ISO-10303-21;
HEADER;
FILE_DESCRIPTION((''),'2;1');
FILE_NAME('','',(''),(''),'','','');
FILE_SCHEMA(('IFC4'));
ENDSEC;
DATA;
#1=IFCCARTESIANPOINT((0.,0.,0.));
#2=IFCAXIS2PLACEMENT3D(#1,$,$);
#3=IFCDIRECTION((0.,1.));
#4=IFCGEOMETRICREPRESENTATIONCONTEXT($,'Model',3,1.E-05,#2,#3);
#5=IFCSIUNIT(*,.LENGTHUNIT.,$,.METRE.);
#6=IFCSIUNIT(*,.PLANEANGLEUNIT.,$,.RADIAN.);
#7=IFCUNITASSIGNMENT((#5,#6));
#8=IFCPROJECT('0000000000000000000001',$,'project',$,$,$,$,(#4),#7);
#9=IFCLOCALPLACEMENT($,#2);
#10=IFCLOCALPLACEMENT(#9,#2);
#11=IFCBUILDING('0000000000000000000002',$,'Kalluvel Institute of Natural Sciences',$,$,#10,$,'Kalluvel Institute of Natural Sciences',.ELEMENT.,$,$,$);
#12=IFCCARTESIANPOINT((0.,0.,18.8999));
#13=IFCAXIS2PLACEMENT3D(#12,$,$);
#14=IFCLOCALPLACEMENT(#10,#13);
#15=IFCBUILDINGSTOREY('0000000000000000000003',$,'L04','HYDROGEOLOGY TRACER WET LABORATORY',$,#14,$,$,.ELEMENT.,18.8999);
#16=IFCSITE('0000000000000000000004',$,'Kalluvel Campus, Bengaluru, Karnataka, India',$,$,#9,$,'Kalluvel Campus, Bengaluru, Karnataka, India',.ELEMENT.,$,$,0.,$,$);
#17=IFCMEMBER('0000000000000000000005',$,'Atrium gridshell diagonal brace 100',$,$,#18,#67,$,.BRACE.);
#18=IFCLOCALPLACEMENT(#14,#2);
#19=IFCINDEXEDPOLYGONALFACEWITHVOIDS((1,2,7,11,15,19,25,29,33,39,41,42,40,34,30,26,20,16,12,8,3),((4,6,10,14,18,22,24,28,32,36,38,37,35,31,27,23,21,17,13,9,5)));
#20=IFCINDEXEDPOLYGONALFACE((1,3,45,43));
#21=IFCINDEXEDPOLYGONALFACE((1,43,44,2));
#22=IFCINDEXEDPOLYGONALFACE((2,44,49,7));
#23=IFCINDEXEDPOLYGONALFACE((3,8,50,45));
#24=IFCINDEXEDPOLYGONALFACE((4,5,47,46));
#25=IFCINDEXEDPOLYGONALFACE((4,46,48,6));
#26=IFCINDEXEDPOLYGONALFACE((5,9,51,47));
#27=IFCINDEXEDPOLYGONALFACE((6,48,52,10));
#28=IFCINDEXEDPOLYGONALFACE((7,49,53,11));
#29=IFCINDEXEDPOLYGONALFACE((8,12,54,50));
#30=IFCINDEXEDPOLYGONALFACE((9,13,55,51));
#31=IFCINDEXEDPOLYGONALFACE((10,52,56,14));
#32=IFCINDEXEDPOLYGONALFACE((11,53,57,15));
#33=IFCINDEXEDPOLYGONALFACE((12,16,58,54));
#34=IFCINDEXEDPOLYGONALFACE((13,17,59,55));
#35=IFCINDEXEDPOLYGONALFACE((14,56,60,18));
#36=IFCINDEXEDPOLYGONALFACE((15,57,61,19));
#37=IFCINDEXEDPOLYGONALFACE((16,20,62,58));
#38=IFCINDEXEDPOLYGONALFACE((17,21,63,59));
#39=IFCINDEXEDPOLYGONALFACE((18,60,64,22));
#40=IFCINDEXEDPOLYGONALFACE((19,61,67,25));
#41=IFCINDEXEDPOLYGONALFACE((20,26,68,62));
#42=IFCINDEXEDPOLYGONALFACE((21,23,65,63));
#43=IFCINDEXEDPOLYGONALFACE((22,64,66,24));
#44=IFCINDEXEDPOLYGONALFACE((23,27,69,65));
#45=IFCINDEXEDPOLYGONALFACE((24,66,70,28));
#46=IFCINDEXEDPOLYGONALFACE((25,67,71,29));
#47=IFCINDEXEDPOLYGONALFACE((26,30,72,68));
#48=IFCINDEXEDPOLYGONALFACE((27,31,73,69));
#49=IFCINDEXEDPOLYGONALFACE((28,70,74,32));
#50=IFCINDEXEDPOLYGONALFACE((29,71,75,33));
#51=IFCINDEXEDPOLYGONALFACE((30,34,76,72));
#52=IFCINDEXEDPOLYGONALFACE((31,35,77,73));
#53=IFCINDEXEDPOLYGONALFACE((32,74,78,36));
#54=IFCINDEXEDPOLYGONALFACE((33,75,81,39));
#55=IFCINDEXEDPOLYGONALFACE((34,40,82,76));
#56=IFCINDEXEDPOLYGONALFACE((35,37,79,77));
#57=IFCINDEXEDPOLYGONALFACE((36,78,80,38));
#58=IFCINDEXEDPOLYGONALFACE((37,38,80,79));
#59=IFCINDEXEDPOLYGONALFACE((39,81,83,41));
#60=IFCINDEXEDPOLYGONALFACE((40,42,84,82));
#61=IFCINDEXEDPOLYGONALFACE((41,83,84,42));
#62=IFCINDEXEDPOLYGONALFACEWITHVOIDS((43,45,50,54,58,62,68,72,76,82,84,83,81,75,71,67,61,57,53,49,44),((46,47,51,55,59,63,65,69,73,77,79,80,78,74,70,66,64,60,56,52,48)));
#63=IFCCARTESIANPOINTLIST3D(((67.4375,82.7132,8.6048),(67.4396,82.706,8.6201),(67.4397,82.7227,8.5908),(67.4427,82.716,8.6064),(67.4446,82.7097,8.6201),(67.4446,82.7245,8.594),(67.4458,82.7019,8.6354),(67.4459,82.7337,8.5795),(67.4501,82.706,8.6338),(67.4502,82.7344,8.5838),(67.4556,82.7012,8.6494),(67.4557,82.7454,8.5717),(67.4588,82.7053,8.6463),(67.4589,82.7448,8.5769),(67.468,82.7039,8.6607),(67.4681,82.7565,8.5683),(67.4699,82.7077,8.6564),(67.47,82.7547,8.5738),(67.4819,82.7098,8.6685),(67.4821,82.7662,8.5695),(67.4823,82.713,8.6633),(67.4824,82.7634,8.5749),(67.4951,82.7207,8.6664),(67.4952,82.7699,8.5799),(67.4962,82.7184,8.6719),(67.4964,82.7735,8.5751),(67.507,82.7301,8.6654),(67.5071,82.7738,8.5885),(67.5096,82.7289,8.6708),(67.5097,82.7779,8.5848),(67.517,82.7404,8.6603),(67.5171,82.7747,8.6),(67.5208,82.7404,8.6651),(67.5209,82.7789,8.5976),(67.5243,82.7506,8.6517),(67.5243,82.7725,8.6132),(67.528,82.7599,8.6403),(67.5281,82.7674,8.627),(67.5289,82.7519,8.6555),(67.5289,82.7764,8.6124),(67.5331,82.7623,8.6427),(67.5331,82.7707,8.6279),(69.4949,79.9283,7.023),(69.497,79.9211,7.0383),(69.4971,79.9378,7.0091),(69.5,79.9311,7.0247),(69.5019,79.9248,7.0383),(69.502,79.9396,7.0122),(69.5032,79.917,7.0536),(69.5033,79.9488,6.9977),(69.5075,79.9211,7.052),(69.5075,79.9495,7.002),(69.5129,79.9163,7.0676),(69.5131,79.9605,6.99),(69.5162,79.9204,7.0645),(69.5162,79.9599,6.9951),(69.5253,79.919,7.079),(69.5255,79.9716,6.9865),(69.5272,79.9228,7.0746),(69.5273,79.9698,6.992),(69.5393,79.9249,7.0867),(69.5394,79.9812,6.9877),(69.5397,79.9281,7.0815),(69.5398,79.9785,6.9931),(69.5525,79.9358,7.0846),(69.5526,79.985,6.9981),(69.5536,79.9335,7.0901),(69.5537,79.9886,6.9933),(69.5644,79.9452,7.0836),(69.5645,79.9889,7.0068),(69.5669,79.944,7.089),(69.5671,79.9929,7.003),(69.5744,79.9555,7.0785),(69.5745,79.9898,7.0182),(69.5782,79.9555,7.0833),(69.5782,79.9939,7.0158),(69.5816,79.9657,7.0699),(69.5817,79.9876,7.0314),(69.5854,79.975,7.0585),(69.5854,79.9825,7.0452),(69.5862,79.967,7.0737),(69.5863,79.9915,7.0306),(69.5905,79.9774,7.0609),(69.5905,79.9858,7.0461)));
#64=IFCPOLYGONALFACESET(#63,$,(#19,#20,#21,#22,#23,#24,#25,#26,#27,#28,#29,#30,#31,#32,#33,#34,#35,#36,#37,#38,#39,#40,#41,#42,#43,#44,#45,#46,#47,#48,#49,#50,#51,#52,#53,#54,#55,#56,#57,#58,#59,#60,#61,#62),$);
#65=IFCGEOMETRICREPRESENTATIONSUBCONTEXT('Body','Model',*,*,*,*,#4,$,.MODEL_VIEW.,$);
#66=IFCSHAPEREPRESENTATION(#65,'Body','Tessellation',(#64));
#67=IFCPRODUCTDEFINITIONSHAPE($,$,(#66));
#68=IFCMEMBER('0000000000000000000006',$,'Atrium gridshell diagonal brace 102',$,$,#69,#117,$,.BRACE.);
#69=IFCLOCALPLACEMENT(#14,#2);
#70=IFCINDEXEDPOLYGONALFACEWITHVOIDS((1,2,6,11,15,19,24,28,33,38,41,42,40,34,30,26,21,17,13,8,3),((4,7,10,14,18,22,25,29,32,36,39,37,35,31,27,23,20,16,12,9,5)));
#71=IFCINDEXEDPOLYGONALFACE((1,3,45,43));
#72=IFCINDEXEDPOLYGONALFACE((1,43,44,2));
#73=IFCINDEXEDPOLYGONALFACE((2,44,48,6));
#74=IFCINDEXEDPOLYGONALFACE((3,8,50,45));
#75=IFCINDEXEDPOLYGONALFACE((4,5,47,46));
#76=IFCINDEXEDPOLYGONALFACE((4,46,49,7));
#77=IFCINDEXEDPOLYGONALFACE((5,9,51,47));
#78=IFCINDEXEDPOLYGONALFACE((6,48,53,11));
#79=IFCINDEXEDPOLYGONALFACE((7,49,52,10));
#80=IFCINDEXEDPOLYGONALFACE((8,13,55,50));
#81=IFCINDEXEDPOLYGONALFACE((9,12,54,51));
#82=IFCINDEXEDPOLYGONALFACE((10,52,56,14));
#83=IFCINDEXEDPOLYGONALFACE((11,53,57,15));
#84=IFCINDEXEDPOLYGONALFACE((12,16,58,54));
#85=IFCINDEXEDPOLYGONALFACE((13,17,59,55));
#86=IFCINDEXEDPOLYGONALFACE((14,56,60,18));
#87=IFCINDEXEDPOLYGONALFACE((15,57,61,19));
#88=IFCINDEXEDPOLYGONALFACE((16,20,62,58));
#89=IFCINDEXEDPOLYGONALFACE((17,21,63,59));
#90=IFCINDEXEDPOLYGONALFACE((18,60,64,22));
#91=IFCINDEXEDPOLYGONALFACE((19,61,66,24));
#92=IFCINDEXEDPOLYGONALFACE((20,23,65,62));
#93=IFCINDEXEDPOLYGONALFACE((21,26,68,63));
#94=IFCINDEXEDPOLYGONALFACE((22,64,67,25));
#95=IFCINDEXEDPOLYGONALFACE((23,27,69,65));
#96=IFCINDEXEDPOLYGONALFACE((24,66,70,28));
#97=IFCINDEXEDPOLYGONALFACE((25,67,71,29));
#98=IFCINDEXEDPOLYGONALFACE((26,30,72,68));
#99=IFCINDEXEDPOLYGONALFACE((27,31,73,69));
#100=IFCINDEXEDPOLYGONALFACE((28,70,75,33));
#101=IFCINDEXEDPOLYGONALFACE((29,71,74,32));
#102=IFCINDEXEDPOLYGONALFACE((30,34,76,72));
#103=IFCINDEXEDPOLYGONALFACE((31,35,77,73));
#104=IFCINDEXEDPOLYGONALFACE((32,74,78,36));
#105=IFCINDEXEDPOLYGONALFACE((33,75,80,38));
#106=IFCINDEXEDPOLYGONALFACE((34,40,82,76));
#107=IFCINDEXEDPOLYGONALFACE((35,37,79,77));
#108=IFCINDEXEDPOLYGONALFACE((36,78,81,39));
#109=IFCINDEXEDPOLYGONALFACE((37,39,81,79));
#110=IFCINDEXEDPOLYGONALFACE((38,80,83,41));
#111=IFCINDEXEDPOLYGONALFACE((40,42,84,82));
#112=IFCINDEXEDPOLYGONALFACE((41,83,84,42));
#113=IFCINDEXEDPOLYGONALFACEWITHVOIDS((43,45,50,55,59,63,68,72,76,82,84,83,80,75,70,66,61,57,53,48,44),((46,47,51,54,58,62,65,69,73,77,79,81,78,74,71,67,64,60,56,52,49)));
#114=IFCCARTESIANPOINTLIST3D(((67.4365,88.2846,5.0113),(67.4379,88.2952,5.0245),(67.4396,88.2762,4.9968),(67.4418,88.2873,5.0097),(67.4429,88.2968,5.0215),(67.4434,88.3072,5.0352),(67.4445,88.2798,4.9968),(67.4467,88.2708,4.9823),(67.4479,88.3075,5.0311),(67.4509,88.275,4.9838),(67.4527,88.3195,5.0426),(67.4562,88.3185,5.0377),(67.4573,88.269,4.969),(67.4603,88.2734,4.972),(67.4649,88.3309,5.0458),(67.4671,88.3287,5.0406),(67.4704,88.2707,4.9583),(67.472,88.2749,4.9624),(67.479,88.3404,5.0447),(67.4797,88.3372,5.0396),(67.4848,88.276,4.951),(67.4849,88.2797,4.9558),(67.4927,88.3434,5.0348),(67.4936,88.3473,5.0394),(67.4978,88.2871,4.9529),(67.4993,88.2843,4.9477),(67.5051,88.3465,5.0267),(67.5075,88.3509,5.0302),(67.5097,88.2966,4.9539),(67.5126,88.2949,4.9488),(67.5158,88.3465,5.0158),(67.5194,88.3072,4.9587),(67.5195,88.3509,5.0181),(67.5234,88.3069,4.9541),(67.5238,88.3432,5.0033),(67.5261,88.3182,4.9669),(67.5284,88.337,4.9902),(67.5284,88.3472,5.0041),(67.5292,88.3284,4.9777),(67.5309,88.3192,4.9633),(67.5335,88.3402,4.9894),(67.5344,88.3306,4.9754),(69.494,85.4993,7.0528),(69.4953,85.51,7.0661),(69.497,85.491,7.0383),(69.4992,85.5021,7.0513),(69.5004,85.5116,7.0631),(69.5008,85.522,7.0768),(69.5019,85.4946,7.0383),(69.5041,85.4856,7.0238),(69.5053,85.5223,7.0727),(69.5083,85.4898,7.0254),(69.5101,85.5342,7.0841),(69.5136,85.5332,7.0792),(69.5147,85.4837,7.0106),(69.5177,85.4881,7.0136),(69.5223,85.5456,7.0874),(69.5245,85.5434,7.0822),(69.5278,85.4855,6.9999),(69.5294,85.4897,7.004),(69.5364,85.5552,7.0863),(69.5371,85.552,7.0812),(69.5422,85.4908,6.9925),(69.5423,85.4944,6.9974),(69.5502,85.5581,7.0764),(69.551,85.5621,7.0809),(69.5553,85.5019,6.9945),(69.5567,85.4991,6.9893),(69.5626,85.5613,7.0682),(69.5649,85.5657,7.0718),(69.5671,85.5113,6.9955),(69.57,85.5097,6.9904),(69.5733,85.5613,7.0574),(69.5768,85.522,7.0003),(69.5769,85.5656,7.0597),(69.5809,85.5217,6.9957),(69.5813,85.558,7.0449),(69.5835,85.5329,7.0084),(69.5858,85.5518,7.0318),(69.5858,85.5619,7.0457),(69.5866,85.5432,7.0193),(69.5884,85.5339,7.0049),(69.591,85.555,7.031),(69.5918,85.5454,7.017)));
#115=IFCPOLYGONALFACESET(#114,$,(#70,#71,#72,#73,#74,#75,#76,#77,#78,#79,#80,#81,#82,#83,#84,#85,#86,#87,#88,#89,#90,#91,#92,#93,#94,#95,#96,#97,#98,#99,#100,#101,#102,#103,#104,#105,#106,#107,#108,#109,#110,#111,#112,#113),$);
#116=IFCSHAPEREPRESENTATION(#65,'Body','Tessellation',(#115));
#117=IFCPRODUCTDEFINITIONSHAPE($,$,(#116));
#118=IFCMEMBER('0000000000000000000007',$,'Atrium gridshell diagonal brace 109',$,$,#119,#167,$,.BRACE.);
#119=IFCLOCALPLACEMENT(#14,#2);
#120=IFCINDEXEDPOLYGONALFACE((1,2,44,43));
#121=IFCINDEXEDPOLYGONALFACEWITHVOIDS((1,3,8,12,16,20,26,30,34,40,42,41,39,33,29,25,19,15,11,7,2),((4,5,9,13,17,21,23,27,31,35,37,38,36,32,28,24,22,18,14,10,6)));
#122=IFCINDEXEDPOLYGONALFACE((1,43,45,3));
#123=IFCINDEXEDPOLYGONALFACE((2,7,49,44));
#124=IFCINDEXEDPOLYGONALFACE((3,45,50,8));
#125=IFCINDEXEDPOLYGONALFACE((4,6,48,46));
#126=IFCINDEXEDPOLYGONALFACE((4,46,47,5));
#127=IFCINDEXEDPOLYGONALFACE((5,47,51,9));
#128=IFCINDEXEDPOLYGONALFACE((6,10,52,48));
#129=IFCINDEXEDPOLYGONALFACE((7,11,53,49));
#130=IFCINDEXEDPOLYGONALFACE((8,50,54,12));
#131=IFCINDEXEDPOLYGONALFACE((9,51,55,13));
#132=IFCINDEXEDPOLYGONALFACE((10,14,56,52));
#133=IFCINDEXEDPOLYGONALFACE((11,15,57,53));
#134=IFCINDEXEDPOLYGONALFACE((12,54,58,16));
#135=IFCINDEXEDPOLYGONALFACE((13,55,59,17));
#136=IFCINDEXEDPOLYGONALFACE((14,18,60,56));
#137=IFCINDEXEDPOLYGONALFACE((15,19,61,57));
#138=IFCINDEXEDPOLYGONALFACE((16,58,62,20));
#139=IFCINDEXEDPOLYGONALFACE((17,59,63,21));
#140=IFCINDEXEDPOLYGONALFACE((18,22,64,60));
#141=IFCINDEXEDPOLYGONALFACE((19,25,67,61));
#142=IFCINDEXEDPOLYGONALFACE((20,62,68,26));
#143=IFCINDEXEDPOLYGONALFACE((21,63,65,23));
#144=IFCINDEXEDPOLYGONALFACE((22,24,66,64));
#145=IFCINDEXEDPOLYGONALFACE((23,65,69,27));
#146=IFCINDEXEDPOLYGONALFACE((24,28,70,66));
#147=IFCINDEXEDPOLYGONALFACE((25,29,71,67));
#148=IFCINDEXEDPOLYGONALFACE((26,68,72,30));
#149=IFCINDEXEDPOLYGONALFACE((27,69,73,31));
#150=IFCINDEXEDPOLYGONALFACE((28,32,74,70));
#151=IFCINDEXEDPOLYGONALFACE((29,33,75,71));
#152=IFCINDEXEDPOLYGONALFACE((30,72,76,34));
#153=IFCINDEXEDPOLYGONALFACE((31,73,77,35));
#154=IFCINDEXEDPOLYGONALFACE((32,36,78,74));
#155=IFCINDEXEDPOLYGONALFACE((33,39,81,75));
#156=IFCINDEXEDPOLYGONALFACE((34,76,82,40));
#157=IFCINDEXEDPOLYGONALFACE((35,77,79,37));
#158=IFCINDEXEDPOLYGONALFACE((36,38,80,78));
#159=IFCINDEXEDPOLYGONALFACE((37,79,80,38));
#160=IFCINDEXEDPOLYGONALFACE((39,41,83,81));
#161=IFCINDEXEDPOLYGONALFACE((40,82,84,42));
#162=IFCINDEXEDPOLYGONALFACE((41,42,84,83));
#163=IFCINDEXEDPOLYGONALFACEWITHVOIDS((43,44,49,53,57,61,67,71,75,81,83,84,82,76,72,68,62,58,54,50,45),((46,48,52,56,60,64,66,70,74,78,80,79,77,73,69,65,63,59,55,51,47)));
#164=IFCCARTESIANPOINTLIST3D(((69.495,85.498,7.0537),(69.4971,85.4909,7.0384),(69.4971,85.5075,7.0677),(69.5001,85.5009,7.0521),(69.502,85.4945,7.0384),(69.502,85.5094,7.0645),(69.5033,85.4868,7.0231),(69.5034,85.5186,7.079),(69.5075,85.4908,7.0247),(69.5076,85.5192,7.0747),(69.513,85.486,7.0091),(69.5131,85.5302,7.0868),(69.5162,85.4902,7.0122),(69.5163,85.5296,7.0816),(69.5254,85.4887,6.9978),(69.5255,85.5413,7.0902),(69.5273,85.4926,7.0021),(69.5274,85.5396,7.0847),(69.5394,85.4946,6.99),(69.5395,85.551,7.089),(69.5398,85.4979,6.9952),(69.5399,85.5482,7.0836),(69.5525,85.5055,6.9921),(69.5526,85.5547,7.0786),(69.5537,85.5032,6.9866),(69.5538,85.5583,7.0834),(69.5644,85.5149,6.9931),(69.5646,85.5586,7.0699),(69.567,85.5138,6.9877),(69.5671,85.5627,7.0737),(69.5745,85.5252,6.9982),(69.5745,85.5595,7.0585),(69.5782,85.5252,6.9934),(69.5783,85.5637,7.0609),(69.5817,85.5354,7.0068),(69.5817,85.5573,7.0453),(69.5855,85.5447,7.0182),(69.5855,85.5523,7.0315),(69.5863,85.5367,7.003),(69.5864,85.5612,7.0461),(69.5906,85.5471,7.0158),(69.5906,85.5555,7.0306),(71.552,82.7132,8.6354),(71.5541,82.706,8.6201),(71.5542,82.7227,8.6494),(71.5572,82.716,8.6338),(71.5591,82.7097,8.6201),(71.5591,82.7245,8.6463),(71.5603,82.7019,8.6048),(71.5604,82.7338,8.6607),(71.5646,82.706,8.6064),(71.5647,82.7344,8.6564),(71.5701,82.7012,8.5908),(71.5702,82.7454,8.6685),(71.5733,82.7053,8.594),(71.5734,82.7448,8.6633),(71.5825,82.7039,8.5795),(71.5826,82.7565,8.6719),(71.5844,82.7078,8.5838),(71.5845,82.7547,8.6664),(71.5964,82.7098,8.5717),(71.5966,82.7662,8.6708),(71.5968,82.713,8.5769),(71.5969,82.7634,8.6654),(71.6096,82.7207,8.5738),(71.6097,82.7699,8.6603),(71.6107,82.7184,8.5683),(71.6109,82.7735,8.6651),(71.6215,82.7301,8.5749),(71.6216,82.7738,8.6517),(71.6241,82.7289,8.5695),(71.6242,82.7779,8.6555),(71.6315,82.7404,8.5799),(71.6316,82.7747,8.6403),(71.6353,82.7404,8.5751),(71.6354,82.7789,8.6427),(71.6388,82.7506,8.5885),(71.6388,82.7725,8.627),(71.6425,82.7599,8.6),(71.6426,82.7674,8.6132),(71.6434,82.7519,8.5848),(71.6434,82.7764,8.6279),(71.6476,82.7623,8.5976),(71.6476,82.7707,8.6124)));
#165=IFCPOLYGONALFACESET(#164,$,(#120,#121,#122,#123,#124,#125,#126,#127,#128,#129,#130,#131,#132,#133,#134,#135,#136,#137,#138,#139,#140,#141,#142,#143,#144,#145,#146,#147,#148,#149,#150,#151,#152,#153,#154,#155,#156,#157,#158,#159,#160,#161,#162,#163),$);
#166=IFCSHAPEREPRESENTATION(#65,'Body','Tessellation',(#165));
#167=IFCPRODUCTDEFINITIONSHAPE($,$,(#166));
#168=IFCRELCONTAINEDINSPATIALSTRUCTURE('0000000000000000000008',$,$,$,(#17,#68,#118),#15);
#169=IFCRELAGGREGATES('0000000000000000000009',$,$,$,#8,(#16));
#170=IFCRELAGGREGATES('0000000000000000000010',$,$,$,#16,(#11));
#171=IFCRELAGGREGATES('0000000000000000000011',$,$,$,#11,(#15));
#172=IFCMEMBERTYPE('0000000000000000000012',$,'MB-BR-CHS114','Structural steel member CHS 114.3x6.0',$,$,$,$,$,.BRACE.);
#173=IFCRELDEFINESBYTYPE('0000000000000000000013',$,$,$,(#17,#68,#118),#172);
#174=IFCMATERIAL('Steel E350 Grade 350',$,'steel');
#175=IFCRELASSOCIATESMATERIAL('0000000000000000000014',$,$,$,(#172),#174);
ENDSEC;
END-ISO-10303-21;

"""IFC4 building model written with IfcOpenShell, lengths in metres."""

from ifc_helpers import new_model, si_unit, direction, frame, origin, origin_2d, place, context, subcontext, project, spatial, hollow_circle, extrude, material, material_profile, profile_set, type_object, element, save


model = new_model("IFC4")

# Units and contexts
model_context = context("Model", 3, precision=1e-05, world=origin(), true_north=direction((0.0, 1.0)))
body_context = subcontext(model_context, "Body", "Model", "MODEL_VIEW")
ifc_project = project(units=[si_unit("LENGTHUNIT", "METRE"), si_unit("PLANEANGLEUNIT", "RADIAN")], contexts=[model_context])

# Site, building, storey
site_placement = place(None, origin())
site = spatial("IfcSite", under=ifc_project, at=site_placement, Name="Kalluvel Campus, Bengaluru, Karnataka, India", LongName="Kalluvel Campus, Bengaluru, Karnataka, India", CompositionType="ELEMENT", RefElevation=0.0)
building_placement = place(site_placement, origin())
building = spatial("IfcBuilding", under=site, at=building_placement, Name="Kalluvel Institute of Natural Sciences", LongName="Kalluvel Institute of Natural Sciences", CompositionType="ELEMENT")
storey_placement = place(building_placement, frame((0.0, 0.0, 18.8999)))
storey = spatial("IfcBuildingStorey", under=building, at=storey_placement, Name="L04", Description="HYDROGEOLOGY TRACER WET LABORATORY", CompositionType="ELEMENT", Elevation=18.8999)

# Members
ifc_material_1 = material(Name="Steel E350 Grade 350", Category="steel")
ifc_material_profile_1 = material_profile(ifc_material_1, hollow_circle(Radius=0.0571, WallThickness=0.0061, at=origin_2d()), Name="CHS 114.3x6.0")
ifc_profile_set_1 = profile_set([ifc_material_profile_1], Name="Steel E350 Grade 350")
member_type_1 = type_object("IfcMemberType", Name="MB-BR-CHS114", Description="Structural steel member CHS 114.3x6.0", PredefinedType="BRACE", material=ifc_profile_set_1)
member_1_placement = place(storey_placement, frame((69.543, 79.9551, 7.0383), z_axis=(-0.540468, 0.731592, 0.415533), x_axis=(-0.80432, -0.594197, 0.0)))
element("IfcMember", 1, at=member_1_placement, inside=storey, type_object=member_type_1, Name="Atrium gridshell diagonal brace 100", PredefinedType="BRACE", context=body_context, shape_type="SweptSolid", body=[
    extrude(hollow_circle(Radius=0.0571, WallThickness=0.0061, at=origin_2d()), origin(), (0.0, 0.0, 1.0), 3.8066),
])
member_2_placement = place(storey_placement, frame((69.543, 85.5249, 7.0383), z_axis=(-0.511828, 0.692885, -0.507881), x_axis=(-0.804345, -0.594163, 0.0)))
element("IfcMember", 2, at=member_2_placement, inside=storey, type_object=member_type_1, Name="Atrium gridshell diagonal brace 102", PredefinedType="BRACE", context=body_context, shape_type="SweptSolid", body=[
    extrude(hollow_circle(Radius=0.0571, WallThickness=0.0061, at=origin_2d()), origin(), (0.0, 0.0, 1.0), 4.0198),
])
member_3_placement = place(storey_placement, frame((71.6001, 82.74, 8.6201), z_axis=(-0.540423, 0.731617, -0.415547), x_axis=(-0.804353, -0.594151, 0.0)))
element("IfcMember", 3, at=member_3_placement, inside=storey, type_object=member_type_1, Name="Atrium gridshell diagonal brace 109", PredefinedType="BRACE", context=body_context, shape_type="SweptSolid", body=[
    extrude(hollow_circle(Radius=0.0571, WallThickness=0.0061, at=origin_2d()), origin(), (0.0, 0.0, 1.0), 3.8064),
])

save(model, "model.ifc")
